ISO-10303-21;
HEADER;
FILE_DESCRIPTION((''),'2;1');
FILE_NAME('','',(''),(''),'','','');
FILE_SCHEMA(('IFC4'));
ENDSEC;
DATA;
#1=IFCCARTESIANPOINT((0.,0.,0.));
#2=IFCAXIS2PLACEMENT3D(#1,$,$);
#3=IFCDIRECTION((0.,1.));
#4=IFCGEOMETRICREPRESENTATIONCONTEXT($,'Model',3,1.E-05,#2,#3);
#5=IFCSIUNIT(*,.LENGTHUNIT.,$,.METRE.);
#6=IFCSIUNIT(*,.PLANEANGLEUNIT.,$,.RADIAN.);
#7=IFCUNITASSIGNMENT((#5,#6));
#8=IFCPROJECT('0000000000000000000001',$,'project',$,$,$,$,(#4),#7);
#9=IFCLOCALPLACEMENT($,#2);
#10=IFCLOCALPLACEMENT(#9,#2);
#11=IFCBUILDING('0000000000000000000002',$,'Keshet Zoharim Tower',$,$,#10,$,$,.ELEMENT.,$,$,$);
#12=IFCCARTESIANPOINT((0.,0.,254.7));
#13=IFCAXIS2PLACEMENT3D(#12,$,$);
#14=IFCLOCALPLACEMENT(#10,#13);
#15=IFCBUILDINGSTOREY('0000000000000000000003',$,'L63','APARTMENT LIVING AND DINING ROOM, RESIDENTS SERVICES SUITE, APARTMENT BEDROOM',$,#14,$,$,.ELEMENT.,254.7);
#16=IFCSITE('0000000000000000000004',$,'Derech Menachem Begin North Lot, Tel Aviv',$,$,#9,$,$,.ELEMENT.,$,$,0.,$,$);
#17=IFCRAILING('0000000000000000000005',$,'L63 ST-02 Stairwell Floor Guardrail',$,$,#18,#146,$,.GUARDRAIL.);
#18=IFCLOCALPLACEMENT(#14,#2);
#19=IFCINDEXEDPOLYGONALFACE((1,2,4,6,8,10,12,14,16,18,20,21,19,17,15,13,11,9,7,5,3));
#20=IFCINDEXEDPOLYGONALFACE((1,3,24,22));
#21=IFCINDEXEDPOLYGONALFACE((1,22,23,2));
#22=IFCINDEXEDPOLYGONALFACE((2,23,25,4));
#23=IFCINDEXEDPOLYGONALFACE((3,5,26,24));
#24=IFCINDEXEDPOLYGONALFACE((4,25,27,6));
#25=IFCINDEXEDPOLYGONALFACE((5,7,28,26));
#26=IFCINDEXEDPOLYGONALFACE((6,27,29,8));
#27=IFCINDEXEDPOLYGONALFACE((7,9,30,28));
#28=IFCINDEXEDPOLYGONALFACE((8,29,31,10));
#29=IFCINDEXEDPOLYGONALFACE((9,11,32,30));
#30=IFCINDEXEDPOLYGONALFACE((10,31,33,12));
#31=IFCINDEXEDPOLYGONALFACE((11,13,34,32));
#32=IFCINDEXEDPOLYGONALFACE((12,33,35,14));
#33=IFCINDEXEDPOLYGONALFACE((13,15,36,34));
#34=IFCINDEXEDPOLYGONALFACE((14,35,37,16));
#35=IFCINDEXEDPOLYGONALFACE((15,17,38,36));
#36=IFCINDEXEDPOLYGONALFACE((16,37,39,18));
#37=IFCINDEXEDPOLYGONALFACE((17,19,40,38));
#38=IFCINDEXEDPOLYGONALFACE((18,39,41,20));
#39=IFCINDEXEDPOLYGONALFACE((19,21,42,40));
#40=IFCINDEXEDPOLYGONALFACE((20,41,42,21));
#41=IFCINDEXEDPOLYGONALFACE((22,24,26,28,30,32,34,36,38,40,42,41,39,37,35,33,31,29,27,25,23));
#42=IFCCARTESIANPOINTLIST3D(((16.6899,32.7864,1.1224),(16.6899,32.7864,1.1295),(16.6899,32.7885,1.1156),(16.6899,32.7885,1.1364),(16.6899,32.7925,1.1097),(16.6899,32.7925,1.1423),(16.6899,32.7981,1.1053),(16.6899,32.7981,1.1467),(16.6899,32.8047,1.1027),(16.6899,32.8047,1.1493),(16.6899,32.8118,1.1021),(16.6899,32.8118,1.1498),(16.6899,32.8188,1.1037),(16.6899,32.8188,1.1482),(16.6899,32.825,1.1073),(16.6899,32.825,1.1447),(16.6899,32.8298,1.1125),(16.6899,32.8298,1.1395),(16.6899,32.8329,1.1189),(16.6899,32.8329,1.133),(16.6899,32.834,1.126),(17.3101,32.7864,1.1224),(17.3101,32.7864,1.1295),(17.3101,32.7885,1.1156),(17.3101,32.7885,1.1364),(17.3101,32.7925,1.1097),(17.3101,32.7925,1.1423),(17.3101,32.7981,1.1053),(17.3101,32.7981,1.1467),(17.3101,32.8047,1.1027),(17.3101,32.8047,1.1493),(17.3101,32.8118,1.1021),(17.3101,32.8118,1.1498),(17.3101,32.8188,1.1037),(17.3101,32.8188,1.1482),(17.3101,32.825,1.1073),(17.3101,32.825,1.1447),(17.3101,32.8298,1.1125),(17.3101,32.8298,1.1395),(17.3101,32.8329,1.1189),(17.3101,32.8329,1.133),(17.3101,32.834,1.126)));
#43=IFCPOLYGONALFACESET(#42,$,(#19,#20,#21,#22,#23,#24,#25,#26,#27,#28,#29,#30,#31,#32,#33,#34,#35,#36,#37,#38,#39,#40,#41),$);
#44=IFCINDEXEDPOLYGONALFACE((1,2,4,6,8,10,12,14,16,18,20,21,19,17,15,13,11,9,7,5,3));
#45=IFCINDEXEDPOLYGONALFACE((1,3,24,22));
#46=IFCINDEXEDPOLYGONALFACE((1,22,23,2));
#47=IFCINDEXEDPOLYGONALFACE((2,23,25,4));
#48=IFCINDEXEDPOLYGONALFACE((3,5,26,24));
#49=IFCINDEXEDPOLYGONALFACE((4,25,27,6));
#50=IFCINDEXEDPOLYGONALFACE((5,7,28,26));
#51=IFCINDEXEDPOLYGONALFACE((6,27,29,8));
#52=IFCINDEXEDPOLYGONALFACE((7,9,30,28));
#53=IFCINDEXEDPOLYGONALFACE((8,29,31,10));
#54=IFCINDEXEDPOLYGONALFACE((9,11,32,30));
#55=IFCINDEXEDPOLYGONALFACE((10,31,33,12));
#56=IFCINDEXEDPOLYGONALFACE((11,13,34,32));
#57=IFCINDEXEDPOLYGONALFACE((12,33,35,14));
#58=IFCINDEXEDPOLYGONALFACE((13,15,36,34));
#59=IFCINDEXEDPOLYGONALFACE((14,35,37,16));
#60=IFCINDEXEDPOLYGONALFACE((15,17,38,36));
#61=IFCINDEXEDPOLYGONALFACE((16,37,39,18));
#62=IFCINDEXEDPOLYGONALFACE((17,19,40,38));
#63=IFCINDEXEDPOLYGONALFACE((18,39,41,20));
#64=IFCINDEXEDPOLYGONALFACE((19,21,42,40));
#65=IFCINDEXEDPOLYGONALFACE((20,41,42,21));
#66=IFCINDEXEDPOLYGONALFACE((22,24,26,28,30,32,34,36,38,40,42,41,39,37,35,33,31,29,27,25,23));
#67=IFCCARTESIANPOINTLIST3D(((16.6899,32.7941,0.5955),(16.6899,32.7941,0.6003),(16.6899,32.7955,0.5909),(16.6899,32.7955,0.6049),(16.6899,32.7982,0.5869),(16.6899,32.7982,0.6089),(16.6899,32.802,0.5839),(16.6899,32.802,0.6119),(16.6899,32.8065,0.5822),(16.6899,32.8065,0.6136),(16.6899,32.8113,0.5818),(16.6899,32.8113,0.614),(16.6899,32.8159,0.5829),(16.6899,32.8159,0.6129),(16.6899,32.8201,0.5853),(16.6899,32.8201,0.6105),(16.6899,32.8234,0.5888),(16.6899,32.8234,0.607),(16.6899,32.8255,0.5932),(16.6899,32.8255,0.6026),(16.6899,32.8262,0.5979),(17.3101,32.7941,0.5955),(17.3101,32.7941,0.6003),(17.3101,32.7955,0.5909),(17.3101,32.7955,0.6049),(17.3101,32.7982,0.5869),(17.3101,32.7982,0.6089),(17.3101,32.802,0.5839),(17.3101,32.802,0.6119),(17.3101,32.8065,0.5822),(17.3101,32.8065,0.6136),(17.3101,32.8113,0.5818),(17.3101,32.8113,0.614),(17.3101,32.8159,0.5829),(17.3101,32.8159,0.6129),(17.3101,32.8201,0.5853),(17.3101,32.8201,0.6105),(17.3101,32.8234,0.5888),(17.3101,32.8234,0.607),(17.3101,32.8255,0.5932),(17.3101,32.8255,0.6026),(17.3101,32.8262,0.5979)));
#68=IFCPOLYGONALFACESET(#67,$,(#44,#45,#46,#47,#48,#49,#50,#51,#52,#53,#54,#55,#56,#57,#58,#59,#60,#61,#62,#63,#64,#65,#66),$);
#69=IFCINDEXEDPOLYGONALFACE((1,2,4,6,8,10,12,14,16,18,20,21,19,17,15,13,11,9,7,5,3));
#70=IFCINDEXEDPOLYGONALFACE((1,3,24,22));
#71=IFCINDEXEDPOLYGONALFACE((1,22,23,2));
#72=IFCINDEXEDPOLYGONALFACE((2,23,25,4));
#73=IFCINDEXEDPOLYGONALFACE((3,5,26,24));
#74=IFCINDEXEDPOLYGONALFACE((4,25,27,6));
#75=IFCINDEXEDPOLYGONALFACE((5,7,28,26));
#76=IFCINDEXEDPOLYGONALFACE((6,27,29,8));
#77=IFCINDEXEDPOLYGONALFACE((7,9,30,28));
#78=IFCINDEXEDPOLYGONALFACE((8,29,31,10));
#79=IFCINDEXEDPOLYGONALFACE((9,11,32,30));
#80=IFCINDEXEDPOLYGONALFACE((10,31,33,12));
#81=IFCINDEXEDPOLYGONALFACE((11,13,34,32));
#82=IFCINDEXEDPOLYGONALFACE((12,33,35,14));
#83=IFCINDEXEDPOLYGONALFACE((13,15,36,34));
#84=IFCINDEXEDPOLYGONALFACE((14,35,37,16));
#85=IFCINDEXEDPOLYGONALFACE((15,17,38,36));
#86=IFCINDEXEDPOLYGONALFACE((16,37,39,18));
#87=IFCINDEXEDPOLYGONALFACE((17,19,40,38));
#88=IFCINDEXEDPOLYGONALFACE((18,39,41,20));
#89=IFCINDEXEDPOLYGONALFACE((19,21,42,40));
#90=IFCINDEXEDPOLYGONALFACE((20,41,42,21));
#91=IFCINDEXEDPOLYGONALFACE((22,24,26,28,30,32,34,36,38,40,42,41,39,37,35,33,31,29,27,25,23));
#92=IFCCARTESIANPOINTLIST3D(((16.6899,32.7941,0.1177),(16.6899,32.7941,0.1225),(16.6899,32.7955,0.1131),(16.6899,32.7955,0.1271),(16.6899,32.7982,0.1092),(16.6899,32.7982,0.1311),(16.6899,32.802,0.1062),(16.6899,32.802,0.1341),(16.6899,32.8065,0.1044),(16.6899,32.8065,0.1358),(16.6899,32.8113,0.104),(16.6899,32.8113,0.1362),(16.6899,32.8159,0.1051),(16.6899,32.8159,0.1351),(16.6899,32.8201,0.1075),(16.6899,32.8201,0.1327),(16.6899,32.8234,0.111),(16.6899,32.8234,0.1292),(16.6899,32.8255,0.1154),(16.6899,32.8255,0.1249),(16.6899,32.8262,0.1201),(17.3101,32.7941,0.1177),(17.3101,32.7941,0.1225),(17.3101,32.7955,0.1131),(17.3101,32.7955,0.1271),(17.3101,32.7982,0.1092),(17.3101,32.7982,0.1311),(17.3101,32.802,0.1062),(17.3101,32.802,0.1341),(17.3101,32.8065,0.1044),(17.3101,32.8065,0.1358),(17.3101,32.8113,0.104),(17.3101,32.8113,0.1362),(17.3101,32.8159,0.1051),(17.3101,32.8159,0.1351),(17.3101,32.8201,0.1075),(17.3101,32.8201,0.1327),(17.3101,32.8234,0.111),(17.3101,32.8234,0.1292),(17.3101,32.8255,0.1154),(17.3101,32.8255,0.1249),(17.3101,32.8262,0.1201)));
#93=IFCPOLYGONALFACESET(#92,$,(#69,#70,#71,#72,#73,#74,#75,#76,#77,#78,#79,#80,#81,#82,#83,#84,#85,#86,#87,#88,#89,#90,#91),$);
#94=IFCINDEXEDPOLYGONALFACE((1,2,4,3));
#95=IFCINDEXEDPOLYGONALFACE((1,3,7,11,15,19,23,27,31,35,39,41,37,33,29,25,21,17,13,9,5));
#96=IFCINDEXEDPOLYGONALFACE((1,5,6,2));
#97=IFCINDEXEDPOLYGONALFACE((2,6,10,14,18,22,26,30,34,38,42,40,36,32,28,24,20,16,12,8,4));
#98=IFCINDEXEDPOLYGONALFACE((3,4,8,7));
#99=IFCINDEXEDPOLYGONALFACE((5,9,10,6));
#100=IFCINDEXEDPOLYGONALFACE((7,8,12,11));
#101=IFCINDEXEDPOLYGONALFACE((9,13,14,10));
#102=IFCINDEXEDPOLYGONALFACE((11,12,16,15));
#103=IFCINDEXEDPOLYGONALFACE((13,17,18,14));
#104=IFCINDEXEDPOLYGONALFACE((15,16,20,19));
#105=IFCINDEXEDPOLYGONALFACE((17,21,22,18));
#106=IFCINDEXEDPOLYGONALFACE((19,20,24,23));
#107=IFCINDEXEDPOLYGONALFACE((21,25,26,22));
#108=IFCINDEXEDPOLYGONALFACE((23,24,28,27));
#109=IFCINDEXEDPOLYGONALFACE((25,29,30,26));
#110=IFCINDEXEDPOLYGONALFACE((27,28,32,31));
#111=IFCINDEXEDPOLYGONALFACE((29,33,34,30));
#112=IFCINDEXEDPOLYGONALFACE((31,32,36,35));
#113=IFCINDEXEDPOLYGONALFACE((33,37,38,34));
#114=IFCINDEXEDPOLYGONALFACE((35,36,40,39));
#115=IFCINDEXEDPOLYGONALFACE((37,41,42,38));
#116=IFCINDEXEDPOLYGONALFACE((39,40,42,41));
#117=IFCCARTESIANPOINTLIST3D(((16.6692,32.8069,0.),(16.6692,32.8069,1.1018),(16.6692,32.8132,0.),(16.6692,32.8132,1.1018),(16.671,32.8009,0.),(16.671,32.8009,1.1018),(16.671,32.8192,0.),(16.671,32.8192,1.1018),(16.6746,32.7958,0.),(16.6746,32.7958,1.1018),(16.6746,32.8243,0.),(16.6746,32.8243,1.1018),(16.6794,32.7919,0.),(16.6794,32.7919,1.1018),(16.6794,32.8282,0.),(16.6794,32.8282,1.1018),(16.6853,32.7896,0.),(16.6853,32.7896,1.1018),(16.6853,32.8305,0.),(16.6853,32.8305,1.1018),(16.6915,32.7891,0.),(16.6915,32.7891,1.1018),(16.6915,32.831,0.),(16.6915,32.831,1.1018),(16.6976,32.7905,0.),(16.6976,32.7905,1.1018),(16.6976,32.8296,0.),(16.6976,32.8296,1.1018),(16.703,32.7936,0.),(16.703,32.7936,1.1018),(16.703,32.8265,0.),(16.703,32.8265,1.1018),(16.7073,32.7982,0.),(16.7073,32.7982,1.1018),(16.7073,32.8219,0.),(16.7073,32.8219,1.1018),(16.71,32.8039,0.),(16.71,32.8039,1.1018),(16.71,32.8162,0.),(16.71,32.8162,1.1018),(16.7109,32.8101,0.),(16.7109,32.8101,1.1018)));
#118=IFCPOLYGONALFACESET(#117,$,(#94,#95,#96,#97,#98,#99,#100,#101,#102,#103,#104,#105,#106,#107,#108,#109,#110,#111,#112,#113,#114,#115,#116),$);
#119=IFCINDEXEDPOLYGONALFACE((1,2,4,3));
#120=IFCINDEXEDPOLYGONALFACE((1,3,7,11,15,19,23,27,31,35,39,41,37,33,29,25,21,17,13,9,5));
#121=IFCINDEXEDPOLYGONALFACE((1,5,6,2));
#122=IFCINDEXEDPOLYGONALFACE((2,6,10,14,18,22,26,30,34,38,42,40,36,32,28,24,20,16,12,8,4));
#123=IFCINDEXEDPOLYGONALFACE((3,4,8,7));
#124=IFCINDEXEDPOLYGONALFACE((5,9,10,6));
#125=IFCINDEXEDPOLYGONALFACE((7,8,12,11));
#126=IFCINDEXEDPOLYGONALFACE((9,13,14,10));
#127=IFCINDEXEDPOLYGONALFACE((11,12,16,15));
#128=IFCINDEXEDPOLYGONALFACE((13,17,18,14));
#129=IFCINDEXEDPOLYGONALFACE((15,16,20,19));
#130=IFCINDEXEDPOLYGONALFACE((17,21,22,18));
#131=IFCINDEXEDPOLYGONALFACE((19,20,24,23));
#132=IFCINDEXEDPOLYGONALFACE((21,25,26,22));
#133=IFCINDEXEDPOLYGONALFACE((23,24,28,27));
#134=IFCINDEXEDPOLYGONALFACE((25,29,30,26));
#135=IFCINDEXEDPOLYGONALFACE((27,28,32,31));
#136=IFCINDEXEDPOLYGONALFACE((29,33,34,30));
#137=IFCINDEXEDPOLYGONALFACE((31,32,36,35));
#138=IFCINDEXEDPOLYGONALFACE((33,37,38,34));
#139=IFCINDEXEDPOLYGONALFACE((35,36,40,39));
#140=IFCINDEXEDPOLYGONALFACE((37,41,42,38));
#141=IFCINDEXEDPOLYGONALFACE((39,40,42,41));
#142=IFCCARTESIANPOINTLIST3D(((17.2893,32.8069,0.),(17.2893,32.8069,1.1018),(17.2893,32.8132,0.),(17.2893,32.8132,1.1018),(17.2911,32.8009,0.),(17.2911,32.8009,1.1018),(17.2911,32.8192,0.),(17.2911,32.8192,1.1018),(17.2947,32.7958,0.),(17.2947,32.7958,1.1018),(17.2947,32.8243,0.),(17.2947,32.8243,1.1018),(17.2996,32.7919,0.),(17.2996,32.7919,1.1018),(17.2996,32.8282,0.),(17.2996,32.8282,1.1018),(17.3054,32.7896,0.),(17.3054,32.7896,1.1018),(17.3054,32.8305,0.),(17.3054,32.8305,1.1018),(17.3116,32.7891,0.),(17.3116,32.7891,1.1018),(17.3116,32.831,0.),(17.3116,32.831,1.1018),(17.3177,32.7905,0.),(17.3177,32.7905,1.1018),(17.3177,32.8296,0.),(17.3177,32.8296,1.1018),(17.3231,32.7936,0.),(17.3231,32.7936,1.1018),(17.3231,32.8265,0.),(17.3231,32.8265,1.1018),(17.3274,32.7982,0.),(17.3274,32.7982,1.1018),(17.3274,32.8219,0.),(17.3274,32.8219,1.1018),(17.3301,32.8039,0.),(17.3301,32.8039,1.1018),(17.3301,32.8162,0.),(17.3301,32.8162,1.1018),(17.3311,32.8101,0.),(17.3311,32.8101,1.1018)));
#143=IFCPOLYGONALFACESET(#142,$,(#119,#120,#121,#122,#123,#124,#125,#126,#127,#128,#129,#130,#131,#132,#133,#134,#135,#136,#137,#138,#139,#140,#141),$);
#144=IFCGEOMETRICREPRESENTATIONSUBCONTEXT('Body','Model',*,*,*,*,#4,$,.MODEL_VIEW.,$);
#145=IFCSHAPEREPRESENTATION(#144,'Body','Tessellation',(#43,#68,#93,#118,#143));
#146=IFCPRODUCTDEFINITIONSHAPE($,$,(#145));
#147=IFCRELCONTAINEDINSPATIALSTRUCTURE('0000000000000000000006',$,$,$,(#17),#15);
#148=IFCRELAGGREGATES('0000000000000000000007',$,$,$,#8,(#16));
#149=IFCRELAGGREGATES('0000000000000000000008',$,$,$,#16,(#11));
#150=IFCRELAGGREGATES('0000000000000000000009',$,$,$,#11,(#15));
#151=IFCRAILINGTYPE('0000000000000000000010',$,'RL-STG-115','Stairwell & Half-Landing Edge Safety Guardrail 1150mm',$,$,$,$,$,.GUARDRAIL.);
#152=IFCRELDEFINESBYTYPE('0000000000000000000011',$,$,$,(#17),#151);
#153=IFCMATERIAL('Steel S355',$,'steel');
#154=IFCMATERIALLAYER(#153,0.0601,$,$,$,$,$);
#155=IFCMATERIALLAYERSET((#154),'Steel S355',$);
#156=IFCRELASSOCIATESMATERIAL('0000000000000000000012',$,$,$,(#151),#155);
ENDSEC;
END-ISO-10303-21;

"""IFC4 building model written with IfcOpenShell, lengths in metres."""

from ifc_helpers import new_model, si_unit, direction, frame, origin, origin_2d, place, context, subcontext, project, spatial, circle, extrude, material, layer, layer_set, type_object, element, save


model = new_model("IFC4")

# Units and contexts
model_context = context("Model", 3, precision=1e-05, world=origin(), true_north=direction((0.0, 1.0)))
body_context = subcontext(model_context, "Body", "Model", "MODEL_VIEW")
ifc_project = project(units=[si_unit("LENGTHUNIT", "METRE"), si_unit("PLANEANGLEUNIT", "RADIAN")], contexts=[model_context])

# Site, building, storey
site_placement = place(None, origin())
site = spatial("IfcSite", under=ifc_project, at=site_placement, Name="Derech Menachem Begin North Lot, Tel Aviv", CompositionType="ELEMENT", RefElevation=0.0)
building_placement = place(site_placement, origin())
building = spatial("IfcBuilding", under=site, at=building_placement, Name="Keshet Zoharim Tower", CompositionType="ELEMENT")
storey_placement = place(building_placement, frame((0.0, 0.0, 254.7)))
storey = spatial("IfcBuildingStorey", under=building, at=storey_placement, Name="L63", Description="APARTMENT LIVING AND DINING ROOM, RESIDENTS SERVICES SUITE, APARTMENT BEDROOM", CompositionType="ELEMENT", Elevation=254.7)

# Shared definitions
ifc_material_1 = material(Name="Steel S355", Category="steel")

# Railing
ifc_layer_1 = layer(ifc_material_1, 0.0601)
ifc_layer_set_1 = layer_set([ifc_layer_1], Name="Steel S355")
railing_type_1 = type_object("IfcRailingType", Name="RL-STG-115", Description="Stairwell & Half-Landing Edge Safety Guardrail 1150mm", PredefinedType="GUARDRAIL", material=ifc_layer_set_1)
railing_1_placement = place(storey_placement, frame((16.6899, 32.8101, 0.0)))
element("IfcRailing", 1, at=railing_1_placement, inside=storey, type_object=railing_type_1, Name="L63 ST-02 Stairwell Floor Guardrail", PredefinedType="GUARDRAIL", context=body_context, shape_type="SweptSolid", body=[
    extrude(circle(Radius=0.0239, at=origin_2d()), frame((0.0, 0.0, 1.126), z_axis=(1.0, 0.0, 0.0), x_axis=(0.0, 1.0, 0.0)), (0.0, 0.0, 1.0), 0.6201),
    extrude(circle(Radius=0.0161, at=origin_2d()), frame((0.0, 0.0, 0.5979), z_axis=(1.0, 0.0, 0.0), x_axis=(0.0, 1.0, 0.0)), (0.0, 0.0, 1.0), 0.6201),
    extrude(circle(Radius=0.0161, at=origin_2d()), frame((0.0, 0.0, 0.1201), z_axis=(1.0, 0.0, 0.0), x_axis=(0.0, 1.0, 0.0)), (0.0, 0.0, 1.0), 0.6201),
    extrude(circle(Radius=0.021, at=origin_2d()), origin(), (0.0, 0.0, 1.0), 1.1018),
    extrude(circle(Radius=0.021, at=origin_2d()), frame((0.6201, 0.0, 0.0)), (0.0, 0.0, 1.0), 1.1018),
])

save(model, "model.ifc")
